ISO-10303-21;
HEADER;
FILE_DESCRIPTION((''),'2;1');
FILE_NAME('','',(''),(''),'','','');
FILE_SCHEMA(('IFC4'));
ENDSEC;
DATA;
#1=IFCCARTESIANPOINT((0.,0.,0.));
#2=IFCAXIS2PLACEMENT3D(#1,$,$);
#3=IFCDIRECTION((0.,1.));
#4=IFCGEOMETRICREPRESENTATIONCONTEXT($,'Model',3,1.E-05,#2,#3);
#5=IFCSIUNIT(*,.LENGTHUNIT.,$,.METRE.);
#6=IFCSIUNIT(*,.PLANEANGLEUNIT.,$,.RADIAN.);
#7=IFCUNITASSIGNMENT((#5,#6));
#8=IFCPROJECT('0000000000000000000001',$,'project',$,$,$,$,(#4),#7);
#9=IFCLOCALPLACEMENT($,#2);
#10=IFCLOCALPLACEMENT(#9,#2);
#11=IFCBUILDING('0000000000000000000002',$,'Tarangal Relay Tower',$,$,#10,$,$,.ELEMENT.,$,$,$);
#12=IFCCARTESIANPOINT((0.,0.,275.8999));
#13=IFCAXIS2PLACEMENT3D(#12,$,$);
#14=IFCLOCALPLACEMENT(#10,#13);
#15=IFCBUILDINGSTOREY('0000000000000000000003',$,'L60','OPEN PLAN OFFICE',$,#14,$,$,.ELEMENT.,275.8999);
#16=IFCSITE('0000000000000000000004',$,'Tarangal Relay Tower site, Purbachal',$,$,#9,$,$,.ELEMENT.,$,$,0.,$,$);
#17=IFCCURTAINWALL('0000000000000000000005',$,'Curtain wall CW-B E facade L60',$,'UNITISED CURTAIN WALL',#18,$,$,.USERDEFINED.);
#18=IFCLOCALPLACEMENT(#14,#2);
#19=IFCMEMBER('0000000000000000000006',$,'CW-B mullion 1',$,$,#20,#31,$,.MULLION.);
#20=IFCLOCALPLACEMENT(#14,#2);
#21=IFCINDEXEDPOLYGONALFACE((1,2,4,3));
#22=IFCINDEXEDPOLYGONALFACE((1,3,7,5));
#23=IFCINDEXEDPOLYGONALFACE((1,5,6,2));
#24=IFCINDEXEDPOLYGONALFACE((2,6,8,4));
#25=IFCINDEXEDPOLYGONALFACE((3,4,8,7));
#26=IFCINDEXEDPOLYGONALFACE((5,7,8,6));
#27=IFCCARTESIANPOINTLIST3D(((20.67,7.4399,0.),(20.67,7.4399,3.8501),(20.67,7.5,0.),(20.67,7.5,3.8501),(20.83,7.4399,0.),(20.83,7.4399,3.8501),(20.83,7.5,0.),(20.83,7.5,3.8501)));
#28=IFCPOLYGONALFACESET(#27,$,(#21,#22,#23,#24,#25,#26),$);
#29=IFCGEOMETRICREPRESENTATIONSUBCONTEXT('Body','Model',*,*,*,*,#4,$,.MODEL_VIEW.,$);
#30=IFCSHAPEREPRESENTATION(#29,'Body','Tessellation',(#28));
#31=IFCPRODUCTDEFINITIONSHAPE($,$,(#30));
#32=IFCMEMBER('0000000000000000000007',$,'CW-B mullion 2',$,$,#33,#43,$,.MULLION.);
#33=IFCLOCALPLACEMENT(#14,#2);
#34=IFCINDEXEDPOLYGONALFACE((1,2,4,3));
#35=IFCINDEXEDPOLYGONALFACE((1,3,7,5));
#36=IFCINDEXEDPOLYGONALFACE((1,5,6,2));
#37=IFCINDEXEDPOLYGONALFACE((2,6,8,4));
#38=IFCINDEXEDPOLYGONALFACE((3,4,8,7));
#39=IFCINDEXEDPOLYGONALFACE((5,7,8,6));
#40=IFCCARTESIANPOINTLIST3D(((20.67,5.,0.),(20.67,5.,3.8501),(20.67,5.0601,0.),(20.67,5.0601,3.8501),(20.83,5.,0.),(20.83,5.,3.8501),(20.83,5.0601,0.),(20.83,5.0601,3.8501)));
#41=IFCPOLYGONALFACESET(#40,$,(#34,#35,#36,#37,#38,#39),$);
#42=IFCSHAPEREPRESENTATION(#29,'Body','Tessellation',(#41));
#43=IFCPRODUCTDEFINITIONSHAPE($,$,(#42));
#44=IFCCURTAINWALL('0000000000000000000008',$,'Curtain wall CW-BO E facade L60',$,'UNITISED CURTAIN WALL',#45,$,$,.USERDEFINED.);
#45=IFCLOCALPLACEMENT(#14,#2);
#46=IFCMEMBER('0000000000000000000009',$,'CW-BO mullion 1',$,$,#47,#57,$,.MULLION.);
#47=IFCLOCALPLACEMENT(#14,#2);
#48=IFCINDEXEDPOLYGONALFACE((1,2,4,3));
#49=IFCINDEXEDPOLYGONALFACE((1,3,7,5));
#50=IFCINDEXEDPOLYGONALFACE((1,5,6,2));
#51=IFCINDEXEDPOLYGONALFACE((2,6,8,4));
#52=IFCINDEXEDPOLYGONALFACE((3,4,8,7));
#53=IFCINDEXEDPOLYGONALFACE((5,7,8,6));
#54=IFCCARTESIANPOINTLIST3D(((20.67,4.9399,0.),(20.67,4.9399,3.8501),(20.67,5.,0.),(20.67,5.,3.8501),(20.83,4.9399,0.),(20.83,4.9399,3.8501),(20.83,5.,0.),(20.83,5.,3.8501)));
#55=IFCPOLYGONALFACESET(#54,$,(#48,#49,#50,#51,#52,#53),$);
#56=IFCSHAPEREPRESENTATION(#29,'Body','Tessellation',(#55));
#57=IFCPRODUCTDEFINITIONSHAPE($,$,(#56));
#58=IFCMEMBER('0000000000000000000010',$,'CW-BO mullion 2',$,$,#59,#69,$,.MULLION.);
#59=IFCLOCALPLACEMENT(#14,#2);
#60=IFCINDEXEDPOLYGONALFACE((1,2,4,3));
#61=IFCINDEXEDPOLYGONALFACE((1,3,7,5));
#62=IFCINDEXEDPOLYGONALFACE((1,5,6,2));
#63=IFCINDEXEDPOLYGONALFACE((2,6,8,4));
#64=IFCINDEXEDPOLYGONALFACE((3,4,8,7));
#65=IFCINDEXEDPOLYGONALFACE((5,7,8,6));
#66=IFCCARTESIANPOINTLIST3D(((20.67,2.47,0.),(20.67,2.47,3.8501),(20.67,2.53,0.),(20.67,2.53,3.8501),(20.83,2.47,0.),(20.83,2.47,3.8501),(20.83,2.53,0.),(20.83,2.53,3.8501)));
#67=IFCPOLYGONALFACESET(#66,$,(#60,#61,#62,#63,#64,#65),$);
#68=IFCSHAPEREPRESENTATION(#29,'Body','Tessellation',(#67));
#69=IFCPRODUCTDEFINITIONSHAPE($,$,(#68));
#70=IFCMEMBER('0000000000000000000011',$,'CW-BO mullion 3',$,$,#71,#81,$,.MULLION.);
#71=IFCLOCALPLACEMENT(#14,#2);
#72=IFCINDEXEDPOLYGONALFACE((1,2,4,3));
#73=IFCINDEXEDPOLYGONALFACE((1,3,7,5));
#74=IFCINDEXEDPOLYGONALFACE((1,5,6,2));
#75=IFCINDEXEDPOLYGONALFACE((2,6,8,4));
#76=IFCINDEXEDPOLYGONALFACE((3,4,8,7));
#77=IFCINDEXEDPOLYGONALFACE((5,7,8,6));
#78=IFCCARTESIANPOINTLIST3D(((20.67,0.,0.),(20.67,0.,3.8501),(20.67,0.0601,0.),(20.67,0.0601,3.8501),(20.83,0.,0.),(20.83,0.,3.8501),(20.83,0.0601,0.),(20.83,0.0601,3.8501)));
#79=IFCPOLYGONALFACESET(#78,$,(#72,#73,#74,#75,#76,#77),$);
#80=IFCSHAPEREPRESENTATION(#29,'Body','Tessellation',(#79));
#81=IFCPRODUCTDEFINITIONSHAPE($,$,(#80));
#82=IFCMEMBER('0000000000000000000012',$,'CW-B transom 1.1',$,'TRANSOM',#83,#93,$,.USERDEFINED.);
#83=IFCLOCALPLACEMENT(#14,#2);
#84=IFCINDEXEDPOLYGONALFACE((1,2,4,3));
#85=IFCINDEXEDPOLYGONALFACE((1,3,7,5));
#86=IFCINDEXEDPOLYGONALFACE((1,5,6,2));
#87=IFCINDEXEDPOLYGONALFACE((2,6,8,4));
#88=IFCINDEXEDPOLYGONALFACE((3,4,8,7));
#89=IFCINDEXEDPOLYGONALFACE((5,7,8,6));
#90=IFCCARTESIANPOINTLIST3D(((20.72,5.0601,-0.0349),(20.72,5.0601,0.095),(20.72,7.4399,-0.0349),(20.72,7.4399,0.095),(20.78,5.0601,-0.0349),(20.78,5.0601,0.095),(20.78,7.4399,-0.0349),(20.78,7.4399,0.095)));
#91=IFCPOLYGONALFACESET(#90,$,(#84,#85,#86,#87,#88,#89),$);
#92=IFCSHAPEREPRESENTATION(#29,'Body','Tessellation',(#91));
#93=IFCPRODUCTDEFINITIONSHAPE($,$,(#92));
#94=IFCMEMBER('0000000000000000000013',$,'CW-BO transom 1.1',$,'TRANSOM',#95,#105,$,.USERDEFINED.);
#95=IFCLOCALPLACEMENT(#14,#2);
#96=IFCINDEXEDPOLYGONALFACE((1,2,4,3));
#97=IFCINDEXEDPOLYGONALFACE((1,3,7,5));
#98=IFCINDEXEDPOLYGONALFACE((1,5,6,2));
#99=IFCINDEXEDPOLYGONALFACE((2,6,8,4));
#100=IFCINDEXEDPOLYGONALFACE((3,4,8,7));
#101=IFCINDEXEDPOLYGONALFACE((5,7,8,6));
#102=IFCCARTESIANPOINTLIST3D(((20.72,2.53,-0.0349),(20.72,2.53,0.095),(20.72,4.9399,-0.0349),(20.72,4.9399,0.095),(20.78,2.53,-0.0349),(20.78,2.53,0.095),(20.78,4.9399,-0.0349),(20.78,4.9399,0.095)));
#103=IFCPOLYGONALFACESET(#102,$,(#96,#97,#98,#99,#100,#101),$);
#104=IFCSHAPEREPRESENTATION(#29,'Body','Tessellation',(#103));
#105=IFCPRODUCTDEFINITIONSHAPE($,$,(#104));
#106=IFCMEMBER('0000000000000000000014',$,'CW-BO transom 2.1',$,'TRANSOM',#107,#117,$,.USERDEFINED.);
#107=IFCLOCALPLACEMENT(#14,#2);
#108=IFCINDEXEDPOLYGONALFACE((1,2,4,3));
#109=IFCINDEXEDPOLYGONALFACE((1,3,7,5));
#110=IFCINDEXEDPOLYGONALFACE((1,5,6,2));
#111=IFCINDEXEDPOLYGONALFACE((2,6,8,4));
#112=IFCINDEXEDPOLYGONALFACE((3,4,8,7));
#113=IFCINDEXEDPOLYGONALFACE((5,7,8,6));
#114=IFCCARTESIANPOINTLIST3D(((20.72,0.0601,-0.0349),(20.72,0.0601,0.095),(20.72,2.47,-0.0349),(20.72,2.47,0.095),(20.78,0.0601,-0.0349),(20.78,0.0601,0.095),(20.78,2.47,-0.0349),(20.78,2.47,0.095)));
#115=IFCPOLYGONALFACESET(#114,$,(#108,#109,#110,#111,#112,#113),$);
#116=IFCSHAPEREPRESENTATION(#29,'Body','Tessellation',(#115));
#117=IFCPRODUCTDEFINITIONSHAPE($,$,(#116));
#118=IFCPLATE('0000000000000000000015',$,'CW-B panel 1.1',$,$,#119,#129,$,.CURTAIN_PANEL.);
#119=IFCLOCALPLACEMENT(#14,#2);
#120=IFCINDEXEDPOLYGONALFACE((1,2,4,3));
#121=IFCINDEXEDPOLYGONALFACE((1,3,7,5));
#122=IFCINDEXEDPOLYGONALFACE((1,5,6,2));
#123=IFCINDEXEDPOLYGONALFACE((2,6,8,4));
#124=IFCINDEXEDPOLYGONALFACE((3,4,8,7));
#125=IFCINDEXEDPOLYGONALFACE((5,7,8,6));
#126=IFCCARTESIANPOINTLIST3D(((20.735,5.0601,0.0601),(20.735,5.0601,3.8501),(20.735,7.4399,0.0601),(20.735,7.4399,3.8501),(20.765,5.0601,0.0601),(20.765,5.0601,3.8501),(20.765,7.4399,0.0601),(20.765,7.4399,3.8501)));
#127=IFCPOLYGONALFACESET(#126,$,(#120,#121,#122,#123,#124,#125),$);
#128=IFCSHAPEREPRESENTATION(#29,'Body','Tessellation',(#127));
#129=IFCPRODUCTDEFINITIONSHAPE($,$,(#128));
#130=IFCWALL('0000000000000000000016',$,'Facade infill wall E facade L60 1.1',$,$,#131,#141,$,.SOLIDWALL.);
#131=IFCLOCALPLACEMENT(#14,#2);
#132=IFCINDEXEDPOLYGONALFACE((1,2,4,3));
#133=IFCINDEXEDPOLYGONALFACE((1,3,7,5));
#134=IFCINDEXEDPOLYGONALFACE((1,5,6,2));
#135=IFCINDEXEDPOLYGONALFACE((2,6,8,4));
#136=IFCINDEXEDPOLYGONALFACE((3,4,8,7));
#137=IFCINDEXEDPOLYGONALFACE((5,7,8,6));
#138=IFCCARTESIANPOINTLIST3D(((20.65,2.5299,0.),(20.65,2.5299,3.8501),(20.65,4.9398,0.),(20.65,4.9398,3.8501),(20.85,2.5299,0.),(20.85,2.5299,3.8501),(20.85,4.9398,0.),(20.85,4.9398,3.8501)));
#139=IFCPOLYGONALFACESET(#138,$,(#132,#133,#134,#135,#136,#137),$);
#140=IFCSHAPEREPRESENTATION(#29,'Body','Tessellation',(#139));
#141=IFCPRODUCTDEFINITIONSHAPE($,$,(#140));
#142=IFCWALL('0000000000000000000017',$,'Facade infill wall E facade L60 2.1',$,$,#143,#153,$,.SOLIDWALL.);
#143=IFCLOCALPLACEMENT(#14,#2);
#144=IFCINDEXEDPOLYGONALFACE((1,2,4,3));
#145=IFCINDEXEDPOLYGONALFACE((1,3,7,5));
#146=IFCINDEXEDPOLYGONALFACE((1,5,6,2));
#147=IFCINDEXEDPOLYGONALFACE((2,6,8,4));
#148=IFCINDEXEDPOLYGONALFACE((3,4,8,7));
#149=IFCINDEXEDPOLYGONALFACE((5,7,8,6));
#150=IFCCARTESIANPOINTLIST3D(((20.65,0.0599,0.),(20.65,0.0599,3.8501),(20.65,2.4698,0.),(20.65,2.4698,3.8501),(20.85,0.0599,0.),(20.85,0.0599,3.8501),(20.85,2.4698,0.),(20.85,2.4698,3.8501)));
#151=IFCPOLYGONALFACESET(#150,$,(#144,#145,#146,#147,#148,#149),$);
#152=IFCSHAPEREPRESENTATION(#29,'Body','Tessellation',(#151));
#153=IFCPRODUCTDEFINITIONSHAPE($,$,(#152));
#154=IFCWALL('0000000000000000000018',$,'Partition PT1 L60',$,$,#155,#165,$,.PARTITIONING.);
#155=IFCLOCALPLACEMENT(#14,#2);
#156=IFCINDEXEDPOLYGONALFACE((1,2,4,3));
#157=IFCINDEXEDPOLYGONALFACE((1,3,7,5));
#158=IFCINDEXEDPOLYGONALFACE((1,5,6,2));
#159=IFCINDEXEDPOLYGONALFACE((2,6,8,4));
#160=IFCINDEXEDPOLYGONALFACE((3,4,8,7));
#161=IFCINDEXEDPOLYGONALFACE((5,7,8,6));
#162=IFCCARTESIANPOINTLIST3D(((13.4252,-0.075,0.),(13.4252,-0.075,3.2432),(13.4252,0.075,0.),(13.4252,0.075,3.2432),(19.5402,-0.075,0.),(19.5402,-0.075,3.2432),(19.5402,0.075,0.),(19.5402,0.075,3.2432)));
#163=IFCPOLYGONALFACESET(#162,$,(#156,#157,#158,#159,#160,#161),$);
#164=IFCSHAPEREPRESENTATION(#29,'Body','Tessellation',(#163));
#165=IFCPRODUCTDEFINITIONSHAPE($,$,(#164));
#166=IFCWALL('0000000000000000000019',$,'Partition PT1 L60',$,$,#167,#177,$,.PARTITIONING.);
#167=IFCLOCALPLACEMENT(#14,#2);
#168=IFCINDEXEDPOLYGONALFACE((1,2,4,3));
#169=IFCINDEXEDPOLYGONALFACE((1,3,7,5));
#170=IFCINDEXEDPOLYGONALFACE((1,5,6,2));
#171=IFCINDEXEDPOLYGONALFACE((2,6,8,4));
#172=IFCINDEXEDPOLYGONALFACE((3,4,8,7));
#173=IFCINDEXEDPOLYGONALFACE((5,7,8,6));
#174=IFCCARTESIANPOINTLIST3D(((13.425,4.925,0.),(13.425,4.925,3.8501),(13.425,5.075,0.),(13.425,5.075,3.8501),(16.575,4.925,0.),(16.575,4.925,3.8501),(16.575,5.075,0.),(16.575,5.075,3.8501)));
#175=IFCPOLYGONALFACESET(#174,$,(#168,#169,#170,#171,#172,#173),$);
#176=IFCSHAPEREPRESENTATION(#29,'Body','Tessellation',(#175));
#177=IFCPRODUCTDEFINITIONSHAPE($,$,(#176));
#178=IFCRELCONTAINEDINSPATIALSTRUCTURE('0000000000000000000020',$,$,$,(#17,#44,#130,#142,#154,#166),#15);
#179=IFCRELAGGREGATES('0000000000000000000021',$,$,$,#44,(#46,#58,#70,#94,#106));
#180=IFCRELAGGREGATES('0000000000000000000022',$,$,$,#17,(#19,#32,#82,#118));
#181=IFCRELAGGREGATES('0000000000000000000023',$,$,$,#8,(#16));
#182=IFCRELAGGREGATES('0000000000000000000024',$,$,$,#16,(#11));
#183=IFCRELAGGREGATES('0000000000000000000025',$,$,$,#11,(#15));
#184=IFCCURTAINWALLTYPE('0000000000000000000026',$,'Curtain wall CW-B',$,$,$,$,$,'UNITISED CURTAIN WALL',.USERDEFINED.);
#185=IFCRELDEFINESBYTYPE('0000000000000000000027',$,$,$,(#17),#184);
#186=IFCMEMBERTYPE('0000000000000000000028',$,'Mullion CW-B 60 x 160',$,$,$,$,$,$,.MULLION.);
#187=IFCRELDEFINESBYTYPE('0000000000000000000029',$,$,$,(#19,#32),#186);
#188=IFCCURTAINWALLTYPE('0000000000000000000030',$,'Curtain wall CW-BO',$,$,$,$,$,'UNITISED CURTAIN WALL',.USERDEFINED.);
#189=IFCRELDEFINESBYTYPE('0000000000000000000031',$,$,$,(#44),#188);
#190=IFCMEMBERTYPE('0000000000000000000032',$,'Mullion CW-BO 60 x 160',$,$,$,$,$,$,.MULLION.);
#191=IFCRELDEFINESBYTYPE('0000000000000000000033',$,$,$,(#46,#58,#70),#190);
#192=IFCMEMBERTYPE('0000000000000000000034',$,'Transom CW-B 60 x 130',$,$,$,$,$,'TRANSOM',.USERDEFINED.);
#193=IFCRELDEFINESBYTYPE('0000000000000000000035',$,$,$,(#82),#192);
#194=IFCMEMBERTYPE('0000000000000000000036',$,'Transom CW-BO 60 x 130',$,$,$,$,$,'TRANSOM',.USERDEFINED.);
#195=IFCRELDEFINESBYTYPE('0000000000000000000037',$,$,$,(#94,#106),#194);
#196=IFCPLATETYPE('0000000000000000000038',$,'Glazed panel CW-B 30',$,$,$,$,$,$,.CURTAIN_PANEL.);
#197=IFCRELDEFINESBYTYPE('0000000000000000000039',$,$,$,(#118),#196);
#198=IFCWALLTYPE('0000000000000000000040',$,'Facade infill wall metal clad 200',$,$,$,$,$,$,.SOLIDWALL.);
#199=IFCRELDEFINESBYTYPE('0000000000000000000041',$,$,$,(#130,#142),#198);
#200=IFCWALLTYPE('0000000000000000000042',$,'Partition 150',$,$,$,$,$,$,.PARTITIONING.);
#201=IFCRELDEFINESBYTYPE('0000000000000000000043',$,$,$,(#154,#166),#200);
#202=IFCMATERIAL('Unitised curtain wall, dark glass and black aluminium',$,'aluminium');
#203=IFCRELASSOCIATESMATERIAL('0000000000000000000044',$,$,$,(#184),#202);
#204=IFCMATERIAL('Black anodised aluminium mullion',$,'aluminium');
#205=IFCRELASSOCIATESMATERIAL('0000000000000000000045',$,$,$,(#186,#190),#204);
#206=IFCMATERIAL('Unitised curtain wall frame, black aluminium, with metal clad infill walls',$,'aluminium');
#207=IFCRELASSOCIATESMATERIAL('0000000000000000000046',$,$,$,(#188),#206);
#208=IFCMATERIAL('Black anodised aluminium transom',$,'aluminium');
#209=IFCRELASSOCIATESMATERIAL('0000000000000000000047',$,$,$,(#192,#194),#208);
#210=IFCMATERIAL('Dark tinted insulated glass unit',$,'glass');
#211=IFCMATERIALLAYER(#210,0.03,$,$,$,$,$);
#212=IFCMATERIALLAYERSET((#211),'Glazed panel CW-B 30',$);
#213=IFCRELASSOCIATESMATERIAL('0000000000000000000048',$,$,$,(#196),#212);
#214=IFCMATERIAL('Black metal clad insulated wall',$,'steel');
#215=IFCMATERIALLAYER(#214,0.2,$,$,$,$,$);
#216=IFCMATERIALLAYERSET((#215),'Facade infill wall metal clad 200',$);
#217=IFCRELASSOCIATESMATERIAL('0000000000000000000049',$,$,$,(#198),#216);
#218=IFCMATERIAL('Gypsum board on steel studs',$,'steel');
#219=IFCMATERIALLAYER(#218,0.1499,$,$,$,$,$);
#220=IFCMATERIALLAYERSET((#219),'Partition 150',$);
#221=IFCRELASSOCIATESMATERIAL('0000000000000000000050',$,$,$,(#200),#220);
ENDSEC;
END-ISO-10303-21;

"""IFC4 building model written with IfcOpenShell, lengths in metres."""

from ifc_helpers import new_model, si_unit, direction, frame, frame_2d, origin, origin_2d, place, context, subcontext, project, spatial, rectangle, extrude, material, layer, layer_set, material_profile, profile_set, type_object, element, aggregate, save


model = new_model("IFC4")

# Units and contexts
model_context = context("Model", 3, precision=1e-05, world=origin(), true_north=direction((0.0, 1.0)))
body_context = subcontext(model_context, "Body", "Model", "MODEL_VIEW")
ifc_project = project(units=[si_unit("LENGTHUNIT", "METRE"), si_unit("PLANEANGLEUNIT", "RADIAN")], contexts=[model_context])

# Site, building, storey
site_placement = place(None, origin())
site = spatial("IfcSite", under=ifc_project, at=site_placement, Name="Tarangal Relay Tower site, Purbachal", CompositionType="ELEMENT", RefElevation=0.0)
building_placement = place(site_placement, origin())
building = spatial("IfcBuilding", under=site, at=building_placement, Name="Tarangal Relay Tower", CompositionType="ELEMENT")
storey_placement = place(building_placement, frame((0.0, 0.0, 275.8999)))
storey = spatial("IfcBuildingStorey", under=building, at=storey_placement, Name="L60", Description="OPEN PLAN OFFICE", CompositionType="ELEMENT", Elevation=275.8999)

# Shared definitions
ifc_material_1 = material(Name="Unitised curtain wall, dark glass and black aluminium", Category="aluminium")
curtain_wall_type_1 = type_object("IfcCurtainWallType", Name="Curtain wall CW-B", ElementType="UNITISED CURTAIN WALL", PredefinedType="USERDEFINED", material=ifc_material_1)
ifc_material_2 = material(Name="Black anodised aluminium mullion", Category="aluminium")
ifc_material_profile_1 = material_profile(ifc_material_2, rectangle(XDim=0.1599, YDim=0.0601, at=origin_2d()), Name="CW-BM 60X160")
ifc_profile_set_1 = profile_set([ifc_material_profile_1], Name="Black anodised aluminium mullion")
member_type_1 = type_object("IfcMemberType", Name="Mullion CW-B 60 x 160", PredefinedType="MULLION", material=ifc_profile_set_1)

# Curtain walls, members
curtain_wall_1_placement = place(storey_placement, origin())
curtain_wall_1 = element("IfcCurtainWall", 1, at=curtain_wall_1_placement, inside=storey, type_object=curtain_wall_type_1, Name="Curtain wall CW-B E facade L60", ObjectType="UNITISED CURTAIN WALL", PredefinedType="USERDEFINED")
member_1_placement = place(storey_placement, frame((20.75, 7.47, 0.0), z_axis=(0.0, 0.0, 1.0), x_axis=(1.0, 0.0, 0.0)))
member_1 = element("IfcMember", 2, at=member_1_placement, type_object=member_type_1, Name="CW-B mullion 1", PredefinedType="MULLION", context=body_context, shape_type="SweptSolid", body=[
    extrude(rectangle(XDim=0.1599, YDim=0.0601, at=origin_2d()), origin(), (0.0, 0.0, 1.0), 3.8501),
])
member_2_placement = place(storey_placement, frame((20.75, 5.03, 0.0), z_axis=(0.0, 0.0, 1.0), x_axis=(1.0, 0.0, 0.0)))
member_2 = element("IfcMember", 3, at=member_2_placement, type_object=member_type_1, Name="CW-B mullion 2", PredefinedType="MULLION", context=body_context, shape_type="SweptSolid", body=[
    extrude(rectangle(XDim=0.1599, YDim=0.0601, at=origin_2d()), origin(), (0.0, 0.0, 1.0), 3.8501),
])
ifc_material_3 = material(Name="Unitised curtain wall frame, black aluminium, with metal clad infill walls", Category="aluminium")
curtain_wall_type_2 = type_object("IfcCurtainWallType", Name="Curtain wall CW-BO", ElementType="UNITISED CURTAIN WALL", PredefinedType="USERDEFINED", material=ifc_material_3)
curtain_wall_2_placement = place(storey_placement, origin())
curtain_wall_2 = element("IfcCurtainWall", 4, at=curtain_wall_2_placement, inside=storey, type_object=curtain_wall_type_2, Name="Curtain wall CW-BO E facade L60", ObjectType="UNITISED CURTAIN WALL", PredefinedType="USERDEFINED")
ifc_material_profile_2 = material_profile(ifc_material_2, rectangle(XDim=0.1599, YDim=0.0601, at=origin_2d()), Name="CW-BOM 60X160")
ifc_profile_set_2 = profile_set([ifc_material_profile_2], Name="Black anodised aluminium mullion")
member_type_2 = type_object("IfcMemberType", Name="Mullion CW-BO 60 x 160", PredefinedType="MULLION", material=ifc_profile_set_2)
member_3_placement = place(storey_placement, frame((20.75, 4.97, 0.0), z_axis=(0.0, 0.0, 1.0), x_axis=(1.0, 0.0, 0.0)))
member_3 = element("IfcMember", 5, at=member_3_placement, type_object=member_type_2, Name="CW-BO mullion 1", PredefinedType="MULLION", context=body_context, shape_type="SweptSolid", body=[
    extrude(rectangle(XDim=0.1599, YDim=0.0601, at=origin_2d()), origin(), (0.0, 0.0, 1.0), 3.8501),
])
member_4_placement = place(storey_placement, frame((20.75, 2.5, 0.0), z_axis=(0.0, 0.0, 1.0), x_axis=(1.0, 0.0, 0.0)))
member_4 = element("IfcMember", 6, at=member_4_placement, type_object=member_type_2, Name="CW-BO mullion 2", PredefinedType="MULLION", context=body_context, shape_type="SweptSolid", body=[
    extrude(rectangle(XDim=0.1599, YDim=0.0601, at=origin_2d()), origin(), (0.0, 0.0, 1.0), 3.8501),
])
member_5_placement = place(storey_placement, frame((20.75, 0.03, 0.0), z_axis=(0.0, 0.0, 1.0), x_axis=(1.0, 0.0, 0.0)))
member_5 = element("IfcMember", 7, at=member_5_placement, type_object=member_type_2, Name="CW-BO mullion 3", PredefinedType="MULLION", context=body_context, shape_type="SweptSolid", body=[
    extrude(rectangle(XDim=0.1599, YDim=0.0601, at=origin_2d()), origin(), (0.0, 0.0, 1.0), 3.8501),
])

# Members
ifc_material_4 = material(Name="Black anodised aluminium transom", Category="aluminium")
ifc_material_profile_3 = material_profile(ifc_material_4, rectangle(XDim=0.0601, YDim=0.1299, at=origin_2d()), Name="CW-BT 60X130")
ifc_profile_set_3 = profile_set([ifc_material_profile_3], Name="Black anodised aluminium transom")
member_type_3 = type_object("IfcMemberType", Name="Transom CW-B 60 x 130", ElementType="TRANSOM", PredefinedType="USERDEFINED", material=ifc_profile_set_3)
member_6_placement = place(storey_placement, frame((20.75, 7.4399, 0.03), z_axis=(0.0, -1.0, 0.0), x_axis=(1.0, 0.0, 0.0)))
member_6 = element("IfcMember", 8, at=member_6_placement, type_object=member_type_3, Name="CW-B transom 1.1", ObjectType="TRANSOM", PredefinedType="USERDEFINED", context=body_context, shape_type="SweptSolid", body=[
    extrude(rectangle(XDim=0.0601, YDim=0.1299, at=origin_2d()), origin(), (0.0, 0.0, 1.0), 2.3799),
])
ifc_material_profile_4 = material_profile(ifc_material_4, rectangle(XDim=0.0601, YDim=0.1299, at=origin_2d()), Name="CW-BOT 60X130")
ifc_profile_set_4 = profile_set([ifc_material_profile_4], Name="Black anodised aluminium transom")
member_type_4 = type_object("IfcMemberType", Name="Transom CW-BO 60 x 130", ElementType="TRANSOM", PredefinedType="USERDEFINED", material=ifc_profile_set_4)
member_7_placement = place(storey_placement, frame((20.75, 4.9399, 0.03), z_axis=(0.0, -1.0, 0.0), x_axis=(1.0, 0.0, 0.0)))
member_7 = element("IfcMember", 9, at=member_7_placement, type_object=member_type_4, Name="CW-BO transom 1.1", ObjectType="TRANSOM", PredefinedType="USERDEFINED", context=body_context, shape_type="SweptSolid", body=[
    extrude(rectangle(XDim=0.0601, YDim=0.1299, at=origin_2d()), origin(), (0.0, 0.0, 1.0), 2.4099),
])
member_8_placement = place(storey_placement, frame((20.75, 2.47, 0.03), z_axis=(0.0, -1.0, 0.0), x_axis=(1.0, 0.0, 0.0)))
member_8 = element("IfcMember", 10, at=member_8_placement, type_object=member_type_4, Name="CW-BO transom 2.1", ObjectType="TRANSOM", PredefinedType="USERDEFINED", context=body_context, shape_type="SweptSolid", body=[
    extrude(rectangle(XDim=0.0601, YDim=0.1299, at=origin_2d()), origin(), (0.0, 0.0, 1.0), 2.4099),
])
aggregate(curtain_wall_2, [member_3, member_4, member_5, member_7, member_8])

# Plate
ifc_material_5 = material(Name="Dark tinted insulated glass unit", Category="glass")
ifc_layer_1 = layer(ifc_material_5, 0.03)
ifc_layer_set_1 = layer_set([ifc_layer_1], Name="Glazed panel CW-B 30")
plate_type = type_object("IfcPlateType", Name="Glazed panel CW-B 30", PredefinedType="CURTAIN_PANEL", material=ifc_layer_set_1)
plate_placement = place(storey_placement, frame((20.75, 6.25, 0.0601), z_axis=(0.0, 0.0, 1.0), x_axis=(0.0, -1.0, 0.0)))
plate = element("IfcPlate", 11, at=plate_placement, type_object=plate_type, Name="CW-B panel 1.1", PredefinedType="CURTAIN_PANEL", context=body_context, shape_type="SweptSolid", body=[
    extrude(rectangle(XDim=2.3799, YDim=0.03, at=origin_2d()), origin(), (0.0, 0.0, 1.0), 3.79),
])
aggregate(curtain_wall_1, [member_1, member_2, member_6, plate])

# Walls
ifc_material_6 = material(Name="Black metal clad insulated wall", Category="steel")
ifc_layer_2 = layer(ifc_material_6, 0.2)
ifc_layer_set_2 = layer_set([ifc_layer_2], Name="Facade infill wall metal clad 200")
wall_type_1 = type_object("IfcWallType", Name="Facade infill wall metal clad 200", PredefinedType="SOLIDWALL", material=ifc_layer_set_2)
for number, where, z_axis, x_axis, name in (
    (12, (20.75, 4.9399, 0.0), (0.0, 0.0, 1.0), (0.0, -1.0, 0.0), "Facade infill wall E facade L60 1.1"),
    (13, (20.75, 2.47, 0.0), (0.0, 0.0, 1.0), (0.0, -1.0, 0.0), "Facade infill wall E facade L60 2.1"),
):
    element("IfcWall", number, at=place(storey_placement, frame(where, z_axis=z_axis, x_axis=x_axis)), inside=storey, type_object=wall_type_1, Name=name, PredefinedType="SOLIDWALL", context=body_context, shape_type="SweptSolid", body=[
        extrude(rectangle(XDim=2.4099, YDim=0.2, at=frame_2d((1.2051, 0.0))), origin(), (0.0, 0.0, 1.0), 3.8501),
    ])
ifc_material_7 = material(Name="Gypsum board on steel studs", Category="steel")
ifc_layer_3 = layer(ifc_material_7, 0.1499)
ifc_layer_set_3 = layer_set([ifc_layer_3], Name="Partition 150")
wall_type_2 = type_object("IfcWallType", Name="Partition 150", PredefinedType="PARTITIONING", material=ifc_layer_set_3)
wall_1_placement = place(storey_placement, frame((13.425, 0.0, 0.0), z_axis=(0.0, 0.0, 1.0), x_axis=(1.0, 0.0, 0.0)))
element("IfcWall", 14, at=wall_1_placement, inside=storey, type_object=wall_type_2, Name="Partition PT1 L60", PredefinedType="PARTITIONING", context=body_context, shape_type="SweptSolid", body=[
    extrude(rectangle(XDim=6.115, YDim=0.1499, at=frame_2d((3.0576, 0.0))), origin(), (0.0, 0.0, 1.0), 3.2432),
])
wall_2_placement = place(storey_placement, frame((13.425, 5.0, 0.0), z_axis=(0.0, 0.0, 1.0), x_axis=(1.0, 0.0, 0.0)))
element("IfcWall", 15, at=wall_2_placement, inside=storey, type_object=wall_type_2, Name="Partition PT1 L60", PredefinedType="PARTITIONING", context=body_context, shape_type="SweptSolid", body=[
    extrude(rectangle(XDim=3.1499, YDim=0.1499, at=frame_2d((1.575, 0.0))), origin(), (0.0, 0.0, 1.0), 3.8501),
])

save(model, "model.ifc")
